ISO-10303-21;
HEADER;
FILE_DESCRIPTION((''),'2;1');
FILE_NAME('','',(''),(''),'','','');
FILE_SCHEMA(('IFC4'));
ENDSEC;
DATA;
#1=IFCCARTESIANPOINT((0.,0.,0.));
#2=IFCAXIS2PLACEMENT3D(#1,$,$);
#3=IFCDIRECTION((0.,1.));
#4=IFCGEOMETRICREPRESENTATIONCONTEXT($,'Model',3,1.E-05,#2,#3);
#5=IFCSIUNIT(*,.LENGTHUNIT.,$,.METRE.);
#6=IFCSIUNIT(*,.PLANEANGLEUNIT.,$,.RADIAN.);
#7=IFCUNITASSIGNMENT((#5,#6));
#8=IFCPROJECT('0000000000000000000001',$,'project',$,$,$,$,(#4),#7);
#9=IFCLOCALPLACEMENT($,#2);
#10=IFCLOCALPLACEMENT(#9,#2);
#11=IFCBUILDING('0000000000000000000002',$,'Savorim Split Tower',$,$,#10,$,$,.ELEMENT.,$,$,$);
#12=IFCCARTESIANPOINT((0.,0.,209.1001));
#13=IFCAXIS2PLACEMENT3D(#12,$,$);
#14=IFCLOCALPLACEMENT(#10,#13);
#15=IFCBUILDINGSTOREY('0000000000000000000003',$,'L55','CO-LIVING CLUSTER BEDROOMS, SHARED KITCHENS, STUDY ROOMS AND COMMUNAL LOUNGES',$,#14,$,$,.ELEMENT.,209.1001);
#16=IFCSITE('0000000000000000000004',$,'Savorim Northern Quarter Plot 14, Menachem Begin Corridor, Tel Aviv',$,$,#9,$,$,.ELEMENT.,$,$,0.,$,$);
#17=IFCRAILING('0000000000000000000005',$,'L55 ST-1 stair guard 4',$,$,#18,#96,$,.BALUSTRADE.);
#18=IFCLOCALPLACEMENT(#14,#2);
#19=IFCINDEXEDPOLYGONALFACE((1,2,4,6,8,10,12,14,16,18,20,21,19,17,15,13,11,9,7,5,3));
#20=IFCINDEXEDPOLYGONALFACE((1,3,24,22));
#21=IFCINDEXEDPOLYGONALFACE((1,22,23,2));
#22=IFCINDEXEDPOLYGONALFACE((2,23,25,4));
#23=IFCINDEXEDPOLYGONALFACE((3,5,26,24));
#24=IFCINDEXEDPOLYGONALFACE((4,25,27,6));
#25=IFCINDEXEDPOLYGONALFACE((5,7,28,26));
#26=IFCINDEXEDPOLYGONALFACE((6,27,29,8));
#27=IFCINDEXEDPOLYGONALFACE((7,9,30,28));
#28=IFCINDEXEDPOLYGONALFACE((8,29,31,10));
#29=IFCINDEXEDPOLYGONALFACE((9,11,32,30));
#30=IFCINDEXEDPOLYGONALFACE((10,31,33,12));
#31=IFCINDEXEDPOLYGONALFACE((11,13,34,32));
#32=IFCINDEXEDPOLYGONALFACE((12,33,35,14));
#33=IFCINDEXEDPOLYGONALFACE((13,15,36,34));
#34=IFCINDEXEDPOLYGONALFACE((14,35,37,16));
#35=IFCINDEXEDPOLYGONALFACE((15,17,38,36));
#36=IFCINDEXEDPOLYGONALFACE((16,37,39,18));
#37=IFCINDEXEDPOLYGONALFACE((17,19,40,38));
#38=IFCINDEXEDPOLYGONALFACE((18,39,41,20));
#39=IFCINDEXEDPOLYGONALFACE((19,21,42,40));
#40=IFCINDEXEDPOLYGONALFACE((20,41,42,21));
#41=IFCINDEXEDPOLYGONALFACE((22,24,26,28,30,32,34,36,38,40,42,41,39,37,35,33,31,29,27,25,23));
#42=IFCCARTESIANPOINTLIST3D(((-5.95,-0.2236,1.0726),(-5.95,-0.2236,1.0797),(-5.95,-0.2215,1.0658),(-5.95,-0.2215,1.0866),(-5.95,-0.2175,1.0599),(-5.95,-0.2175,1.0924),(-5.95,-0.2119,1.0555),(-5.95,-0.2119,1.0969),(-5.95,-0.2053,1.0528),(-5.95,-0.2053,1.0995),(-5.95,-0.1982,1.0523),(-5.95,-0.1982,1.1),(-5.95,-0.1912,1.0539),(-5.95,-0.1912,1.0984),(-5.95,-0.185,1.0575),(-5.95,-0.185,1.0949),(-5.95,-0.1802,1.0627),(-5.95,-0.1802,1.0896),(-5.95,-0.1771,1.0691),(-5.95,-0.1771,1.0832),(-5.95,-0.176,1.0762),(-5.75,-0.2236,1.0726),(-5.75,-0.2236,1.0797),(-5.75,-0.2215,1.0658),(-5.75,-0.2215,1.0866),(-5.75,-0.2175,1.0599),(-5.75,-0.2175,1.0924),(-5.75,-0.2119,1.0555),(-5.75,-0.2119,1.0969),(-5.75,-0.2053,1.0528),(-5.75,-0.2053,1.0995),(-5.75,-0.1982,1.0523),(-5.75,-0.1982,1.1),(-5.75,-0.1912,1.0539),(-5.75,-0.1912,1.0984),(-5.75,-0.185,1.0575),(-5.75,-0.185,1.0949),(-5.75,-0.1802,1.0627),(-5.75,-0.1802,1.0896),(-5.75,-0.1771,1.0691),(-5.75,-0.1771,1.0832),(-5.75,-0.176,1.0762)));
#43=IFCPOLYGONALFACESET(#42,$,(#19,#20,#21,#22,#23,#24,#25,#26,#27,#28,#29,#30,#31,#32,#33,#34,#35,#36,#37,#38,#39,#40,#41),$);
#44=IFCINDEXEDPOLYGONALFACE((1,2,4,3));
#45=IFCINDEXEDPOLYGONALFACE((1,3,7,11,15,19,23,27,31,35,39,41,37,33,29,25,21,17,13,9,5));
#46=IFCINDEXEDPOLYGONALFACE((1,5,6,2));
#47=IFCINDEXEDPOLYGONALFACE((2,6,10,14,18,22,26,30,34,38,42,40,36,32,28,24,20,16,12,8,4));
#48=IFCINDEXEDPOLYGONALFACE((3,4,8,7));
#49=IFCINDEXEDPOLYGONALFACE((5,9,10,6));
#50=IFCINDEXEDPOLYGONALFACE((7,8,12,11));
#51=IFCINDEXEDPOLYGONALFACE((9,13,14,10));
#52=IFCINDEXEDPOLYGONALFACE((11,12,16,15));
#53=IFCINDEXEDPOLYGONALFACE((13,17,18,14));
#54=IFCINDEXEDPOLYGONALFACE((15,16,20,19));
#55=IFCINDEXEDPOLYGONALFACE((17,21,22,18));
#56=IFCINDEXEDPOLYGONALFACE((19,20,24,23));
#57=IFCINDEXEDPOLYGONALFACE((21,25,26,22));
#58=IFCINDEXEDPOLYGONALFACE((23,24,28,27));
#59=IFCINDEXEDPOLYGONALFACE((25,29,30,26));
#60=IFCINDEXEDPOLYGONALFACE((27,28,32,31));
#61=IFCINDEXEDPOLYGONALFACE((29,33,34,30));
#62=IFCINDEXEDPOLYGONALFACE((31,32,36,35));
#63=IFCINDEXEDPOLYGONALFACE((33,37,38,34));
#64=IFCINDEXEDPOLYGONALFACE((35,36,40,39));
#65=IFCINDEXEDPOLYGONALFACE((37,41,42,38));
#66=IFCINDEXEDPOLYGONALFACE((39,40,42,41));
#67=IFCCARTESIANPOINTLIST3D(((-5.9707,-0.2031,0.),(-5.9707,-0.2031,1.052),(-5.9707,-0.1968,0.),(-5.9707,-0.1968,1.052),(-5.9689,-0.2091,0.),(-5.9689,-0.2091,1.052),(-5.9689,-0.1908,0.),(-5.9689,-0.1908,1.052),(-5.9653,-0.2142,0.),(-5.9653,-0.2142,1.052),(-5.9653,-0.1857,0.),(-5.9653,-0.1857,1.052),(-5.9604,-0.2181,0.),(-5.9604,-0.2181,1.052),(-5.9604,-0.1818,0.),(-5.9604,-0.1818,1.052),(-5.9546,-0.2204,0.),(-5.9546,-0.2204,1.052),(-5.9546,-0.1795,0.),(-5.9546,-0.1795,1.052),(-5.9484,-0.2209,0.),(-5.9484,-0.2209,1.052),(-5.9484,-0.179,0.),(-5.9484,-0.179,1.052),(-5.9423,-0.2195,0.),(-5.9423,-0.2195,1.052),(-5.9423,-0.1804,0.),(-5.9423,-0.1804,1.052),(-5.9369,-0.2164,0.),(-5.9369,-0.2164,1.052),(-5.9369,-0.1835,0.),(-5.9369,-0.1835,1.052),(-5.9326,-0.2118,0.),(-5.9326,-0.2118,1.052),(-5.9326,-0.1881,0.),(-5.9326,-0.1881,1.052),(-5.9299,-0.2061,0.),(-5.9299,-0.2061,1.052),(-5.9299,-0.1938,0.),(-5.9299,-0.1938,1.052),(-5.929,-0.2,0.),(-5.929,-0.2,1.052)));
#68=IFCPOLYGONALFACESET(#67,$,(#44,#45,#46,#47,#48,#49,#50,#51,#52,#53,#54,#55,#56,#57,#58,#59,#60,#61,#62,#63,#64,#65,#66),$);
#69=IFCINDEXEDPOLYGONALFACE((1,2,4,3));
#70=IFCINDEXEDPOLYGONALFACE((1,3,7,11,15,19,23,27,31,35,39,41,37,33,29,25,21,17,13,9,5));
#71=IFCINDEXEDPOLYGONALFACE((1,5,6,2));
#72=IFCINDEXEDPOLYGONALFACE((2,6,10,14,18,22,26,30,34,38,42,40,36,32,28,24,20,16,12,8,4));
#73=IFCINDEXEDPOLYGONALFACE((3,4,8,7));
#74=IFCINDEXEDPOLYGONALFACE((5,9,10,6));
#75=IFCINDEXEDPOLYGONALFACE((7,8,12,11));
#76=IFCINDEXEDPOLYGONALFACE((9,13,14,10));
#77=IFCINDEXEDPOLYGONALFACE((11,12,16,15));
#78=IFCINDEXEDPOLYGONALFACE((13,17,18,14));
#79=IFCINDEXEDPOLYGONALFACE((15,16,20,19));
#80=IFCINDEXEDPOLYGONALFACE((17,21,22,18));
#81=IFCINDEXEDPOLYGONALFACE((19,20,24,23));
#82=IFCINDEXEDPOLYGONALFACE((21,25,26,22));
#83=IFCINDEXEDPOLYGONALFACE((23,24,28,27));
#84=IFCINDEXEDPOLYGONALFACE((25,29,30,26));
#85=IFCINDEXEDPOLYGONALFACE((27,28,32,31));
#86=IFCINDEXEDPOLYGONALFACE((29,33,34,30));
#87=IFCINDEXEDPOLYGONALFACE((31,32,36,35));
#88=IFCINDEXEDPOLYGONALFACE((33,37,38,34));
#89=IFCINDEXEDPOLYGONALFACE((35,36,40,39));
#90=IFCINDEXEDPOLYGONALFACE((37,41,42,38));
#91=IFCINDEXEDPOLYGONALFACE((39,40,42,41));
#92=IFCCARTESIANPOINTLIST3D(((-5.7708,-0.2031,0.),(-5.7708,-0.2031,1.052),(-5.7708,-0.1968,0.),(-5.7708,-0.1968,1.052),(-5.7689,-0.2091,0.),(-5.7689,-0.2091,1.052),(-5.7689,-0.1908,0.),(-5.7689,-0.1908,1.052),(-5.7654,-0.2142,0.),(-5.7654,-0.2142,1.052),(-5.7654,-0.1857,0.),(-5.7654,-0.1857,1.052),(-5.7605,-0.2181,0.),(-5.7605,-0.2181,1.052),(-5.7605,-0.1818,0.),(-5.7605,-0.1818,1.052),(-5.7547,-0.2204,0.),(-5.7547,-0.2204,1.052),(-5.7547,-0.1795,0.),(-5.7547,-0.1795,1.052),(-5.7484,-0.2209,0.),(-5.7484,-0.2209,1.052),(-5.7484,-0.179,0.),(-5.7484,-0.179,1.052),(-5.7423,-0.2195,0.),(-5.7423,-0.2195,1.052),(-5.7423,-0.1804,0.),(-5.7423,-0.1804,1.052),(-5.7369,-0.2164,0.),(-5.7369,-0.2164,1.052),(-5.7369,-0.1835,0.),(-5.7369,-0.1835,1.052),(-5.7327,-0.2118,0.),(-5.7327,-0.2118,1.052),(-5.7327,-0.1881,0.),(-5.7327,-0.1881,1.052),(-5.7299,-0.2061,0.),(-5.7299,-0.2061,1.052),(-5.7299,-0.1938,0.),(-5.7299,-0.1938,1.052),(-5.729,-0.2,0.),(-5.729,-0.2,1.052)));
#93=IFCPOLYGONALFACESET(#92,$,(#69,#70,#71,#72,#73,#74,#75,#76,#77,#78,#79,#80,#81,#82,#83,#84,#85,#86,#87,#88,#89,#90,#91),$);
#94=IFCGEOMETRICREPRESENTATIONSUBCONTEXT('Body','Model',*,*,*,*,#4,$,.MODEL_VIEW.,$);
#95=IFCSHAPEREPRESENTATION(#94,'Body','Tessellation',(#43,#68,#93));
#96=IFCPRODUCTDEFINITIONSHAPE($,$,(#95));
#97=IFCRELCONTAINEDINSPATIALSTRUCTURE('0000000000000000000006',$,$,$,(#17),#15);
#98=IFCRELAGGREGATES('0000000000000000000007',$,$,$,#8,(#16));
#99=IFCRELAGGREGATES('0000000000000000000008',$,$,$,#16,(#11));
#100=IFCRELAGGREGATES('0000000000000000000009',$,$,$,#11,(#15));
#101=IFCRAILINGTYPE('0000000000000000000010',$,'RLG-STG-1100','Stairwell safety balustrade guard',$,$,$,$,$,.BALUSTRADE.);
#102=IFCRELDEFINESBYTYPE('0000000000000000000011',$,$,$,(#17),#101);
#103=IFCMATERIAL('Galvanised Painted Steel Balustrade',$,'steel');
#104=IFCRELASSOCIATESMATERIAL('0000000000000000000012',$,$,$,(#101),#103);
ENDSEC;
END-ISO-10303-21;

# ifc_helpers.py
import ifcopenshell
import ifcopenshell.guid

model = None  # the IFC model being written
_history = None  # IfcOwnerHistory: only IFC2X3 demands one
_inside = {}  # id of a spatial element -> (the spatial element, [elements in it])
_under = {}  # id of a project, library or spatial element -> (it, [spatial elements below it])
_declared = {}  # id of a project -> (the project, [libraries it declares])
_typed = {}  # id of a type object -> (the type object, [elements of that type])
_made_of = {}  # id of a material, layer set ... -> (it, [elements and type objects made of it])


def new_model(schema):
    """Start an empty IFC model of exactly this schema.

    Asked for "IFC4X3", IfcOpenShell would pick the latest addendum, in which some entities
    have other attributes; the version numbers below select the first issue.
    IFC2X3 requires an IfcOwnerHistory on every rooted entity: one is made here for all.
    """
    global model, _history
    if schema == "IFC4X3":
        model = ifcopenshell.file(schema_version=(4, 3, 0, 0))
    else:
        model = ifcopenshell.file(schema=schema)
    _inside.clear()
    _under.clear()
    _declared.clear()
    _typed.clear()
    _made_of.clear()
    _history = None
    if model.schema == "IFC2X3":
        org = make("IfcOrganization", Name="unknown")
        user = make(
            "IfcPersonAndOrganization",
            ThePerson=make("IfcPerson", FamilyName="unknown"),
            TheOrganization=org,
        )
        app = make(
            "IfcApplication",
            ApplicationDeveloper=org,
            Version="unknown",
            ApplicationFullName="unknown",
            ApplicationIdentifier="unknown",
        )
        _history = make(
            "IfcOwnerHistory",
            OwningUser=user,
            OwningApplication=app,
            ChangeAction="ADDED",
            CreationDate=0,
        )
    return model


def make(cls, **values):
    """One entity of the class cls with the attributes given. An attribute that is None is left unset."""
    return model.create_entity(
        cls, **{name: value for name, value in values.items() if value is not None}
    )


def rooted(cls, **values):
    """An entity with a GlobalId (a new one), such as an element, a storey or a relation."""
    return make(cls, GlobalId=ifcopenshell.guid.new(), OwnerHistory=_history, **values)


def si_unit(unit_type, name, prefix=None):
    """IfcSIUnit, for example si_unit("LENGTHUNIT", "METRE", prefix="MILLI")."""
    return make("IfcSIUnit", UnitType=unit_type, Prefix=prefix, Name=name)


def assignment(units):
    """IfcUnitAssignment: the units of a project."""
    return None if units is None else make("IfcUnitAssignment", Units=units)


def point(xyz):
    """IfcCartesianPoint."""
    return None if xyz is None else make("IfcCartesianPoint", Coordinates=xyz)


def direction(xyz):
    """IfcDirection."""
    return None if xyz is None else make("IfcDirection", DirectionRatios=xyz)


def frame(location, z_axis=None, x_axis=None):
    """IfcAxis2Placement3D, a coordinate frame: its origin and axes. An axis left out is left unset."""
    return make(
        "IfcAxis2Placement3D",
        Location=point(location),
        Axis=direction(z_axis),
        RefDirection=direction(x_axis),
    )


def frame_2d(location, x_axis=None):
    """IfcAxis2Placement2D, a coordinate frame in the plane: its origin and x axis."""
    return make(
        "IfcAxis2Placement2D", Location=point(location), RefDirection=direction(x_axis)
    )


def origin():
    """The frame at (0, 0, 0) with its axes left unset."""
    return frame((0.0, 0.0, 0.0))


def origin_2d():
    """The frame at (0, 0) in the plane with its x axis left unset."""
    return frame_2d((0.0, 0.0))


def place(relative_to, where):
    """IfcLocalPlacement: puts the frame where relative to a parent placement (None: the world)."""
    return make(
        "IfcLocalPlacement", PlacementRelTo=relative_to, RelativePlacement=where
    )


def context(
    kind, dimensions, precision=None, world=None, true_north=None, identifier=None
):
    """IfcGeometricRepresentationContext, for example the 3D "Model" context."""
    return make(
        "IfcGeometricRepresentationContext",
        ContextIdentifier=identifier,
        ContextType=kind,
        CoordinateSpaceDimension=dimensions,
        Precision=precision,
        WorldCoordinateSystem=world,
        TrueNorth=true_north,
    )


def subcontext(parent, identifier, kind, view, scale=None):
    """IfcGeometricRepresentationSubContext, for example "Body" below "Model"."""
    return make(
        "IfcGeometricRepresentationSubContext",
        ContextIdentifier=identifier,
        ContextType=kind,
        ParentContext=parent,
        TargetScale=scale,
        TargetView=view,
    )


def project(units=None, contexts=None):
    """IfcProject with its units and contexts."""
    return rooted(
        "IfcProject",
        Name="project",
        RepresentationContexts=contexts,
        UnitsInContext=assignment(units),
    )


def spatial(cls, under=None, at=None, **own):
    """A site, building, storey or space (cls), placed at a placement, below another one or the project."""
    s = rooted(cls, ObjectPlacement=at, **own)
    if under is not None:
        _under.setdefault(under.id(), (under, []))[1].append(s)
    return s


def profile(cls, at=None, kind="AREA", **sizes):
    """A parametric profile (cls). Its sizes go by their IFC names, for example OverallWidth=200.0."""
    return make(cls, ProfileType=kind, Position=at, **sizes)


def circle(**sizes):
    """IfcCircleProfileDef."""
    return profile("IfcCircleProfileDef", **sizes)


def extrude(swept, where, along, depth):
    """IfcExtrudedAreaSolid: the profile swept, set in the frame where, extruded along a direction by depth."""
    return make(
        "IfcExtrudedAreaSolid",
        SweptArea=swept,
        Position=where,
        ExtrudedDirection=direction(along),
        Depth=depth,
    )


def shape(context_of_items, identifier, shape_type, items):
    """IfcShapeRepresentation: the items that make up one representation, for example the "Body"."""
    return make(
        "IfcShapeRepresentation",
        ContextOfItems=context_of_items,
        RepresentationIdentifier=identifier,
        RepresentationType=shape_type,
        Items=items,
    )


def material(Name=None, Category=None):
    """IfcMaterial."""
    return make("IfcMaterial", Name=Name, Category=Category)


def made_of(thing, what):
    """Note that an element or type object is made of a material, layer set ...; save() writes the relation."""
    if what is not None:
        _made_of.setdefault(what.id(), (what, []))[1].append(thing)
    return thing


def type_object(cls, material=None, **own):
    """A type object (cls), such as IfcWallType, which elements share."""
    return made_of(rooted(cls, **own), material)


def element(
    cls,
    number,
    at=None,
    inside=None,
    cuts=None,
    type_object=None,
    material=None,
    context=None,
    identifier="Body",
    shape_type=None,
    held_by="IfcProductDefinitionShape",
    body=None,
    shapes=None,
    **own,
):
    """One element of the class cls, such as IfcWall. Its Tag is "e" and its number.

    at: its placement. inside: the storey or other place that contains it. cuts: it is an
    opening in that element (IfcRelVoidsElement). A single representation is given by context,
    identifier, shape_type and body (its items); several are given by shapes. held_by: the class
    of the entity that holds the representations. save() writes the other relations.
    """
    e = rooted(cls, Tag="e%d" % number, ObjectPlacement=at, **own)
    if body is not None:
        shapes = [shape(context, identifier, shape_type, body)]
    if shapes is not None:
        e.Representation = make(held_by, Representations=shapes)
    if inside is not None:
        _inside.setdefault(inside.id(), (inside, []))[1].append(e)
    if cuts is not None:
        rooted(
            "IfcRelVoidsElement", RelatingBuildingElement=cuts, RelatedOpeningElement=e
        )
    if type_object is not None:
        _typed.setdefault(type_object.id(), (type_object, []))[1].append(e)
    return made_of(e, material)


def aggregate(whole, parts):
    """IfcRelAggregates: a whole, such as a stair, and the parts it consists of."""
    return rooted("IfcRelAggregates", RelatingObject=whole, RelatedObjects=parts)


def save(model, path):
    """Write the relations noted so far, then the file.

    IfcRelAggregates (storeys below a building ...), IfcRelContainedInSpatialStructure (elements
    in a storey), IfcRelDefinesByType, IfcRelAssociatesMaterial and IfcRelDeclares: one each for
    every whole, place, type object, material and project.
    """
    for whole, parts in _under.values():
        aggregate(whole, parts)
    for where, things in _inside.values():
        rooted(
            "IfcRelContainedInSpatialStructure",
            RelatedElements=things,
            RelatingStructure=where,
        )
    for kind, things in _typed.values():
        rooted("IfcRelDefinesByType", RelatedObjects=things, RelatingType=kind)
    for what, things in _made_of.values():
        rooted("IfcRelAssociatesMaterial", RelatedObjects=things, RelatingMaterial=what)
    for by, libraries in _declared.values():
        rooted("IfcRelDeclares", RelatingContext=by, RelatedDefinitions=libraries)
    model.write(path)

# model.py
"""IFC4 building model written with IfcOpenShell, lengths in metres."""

from ifc_helpers import new_model, si_unit, direction, frame, origin, origin_2d, place, context, subcontext, project, spatial, circle, extrude, material, type_object, element, save


model = new_model("IFC4")

# Units and contexts
model_context = context("Model", 3, precision=1e-05, world=origin(), true_north=direction((0.0, 1.0)))
body_context = subcontext(model_context, "Body", "Model", "MODEL_VIEW")
ifc_project = project(units=[si_unit("LENGTHUNIT", "METRE"), si_unit("PLANEANGLEUNIT", "RADIAN")], contexts=[model_context])

# Site, building, storey
site_placement = place(None, origin())
site = spatial("IfcSite", under=ifc_project, at=site_placement, Name="Savorim Northern Quarter Plot 14, Menachem Begin Corridor, Tel Aviv", CompositionType="ELEMENT", RefElevation=0.0)
building_placement = place(site_placement, origin())
building = spatial("IfcBuilding", under=site, at=building_placement, Name="Savorim Split Tower", CompositionType="ELEMENT")
storey_placement = place(building_placement, frame((0.0, 0.0, 209.1001)))
storey = spatial("IfcBuildingStorey", under=building, at=storey_placement, Name="L55", Description="CO-LIVING CLUSTER BEDROOMS, SHARED KITCHENS, STUDY ROOMS AND COMMUNAL LOUNGES", CompositionType="ELEMENT", Elevation=209.1001)

# Railing
ifc_material_1 = material(Name="Galvanised Painted Steel Balustrade", Category="steel")
railing_type_1 = type_object("IfcRailingType", Name="RLG-STG-1100", Description="Stairwell safety balustrade guard", PredefinedType="BALUSTRADE", material=ifc_material_1)
railing_1_placement = place(storey_placement, frame((-5.95, -0.2, 0.0)))
element("IfcRailing", 1, at=railing_1_placement, inside=storey, type_object=railing_type_1, Name="L55 ST-1 stair guard 4", PredefinedType="BALUSTRADE", context=body_context, shape_type="SweptSolid", body=[
    extrude(circle(Radius=0.0239, at=origin_2d()), frame((0.0, 0.0, 1.0762), z_axis=(1.0, 0.0, 0.0), x_axis=(0.0, 1.0, 0.0)), (0.0, 0.0, 1.0), 0.2),
    extrude(circle(Radius=0.021, at=origin_2d()), origin(), (0.0, 0.0, 1.0), 1.052),
    extrude(circle(Radius=0.021, at=origin_2d()), frame((0.2, 0.0, 0.0)), (0.0, 0.0, 1.0), 1.052),
])

save(model, "model.ifc")
